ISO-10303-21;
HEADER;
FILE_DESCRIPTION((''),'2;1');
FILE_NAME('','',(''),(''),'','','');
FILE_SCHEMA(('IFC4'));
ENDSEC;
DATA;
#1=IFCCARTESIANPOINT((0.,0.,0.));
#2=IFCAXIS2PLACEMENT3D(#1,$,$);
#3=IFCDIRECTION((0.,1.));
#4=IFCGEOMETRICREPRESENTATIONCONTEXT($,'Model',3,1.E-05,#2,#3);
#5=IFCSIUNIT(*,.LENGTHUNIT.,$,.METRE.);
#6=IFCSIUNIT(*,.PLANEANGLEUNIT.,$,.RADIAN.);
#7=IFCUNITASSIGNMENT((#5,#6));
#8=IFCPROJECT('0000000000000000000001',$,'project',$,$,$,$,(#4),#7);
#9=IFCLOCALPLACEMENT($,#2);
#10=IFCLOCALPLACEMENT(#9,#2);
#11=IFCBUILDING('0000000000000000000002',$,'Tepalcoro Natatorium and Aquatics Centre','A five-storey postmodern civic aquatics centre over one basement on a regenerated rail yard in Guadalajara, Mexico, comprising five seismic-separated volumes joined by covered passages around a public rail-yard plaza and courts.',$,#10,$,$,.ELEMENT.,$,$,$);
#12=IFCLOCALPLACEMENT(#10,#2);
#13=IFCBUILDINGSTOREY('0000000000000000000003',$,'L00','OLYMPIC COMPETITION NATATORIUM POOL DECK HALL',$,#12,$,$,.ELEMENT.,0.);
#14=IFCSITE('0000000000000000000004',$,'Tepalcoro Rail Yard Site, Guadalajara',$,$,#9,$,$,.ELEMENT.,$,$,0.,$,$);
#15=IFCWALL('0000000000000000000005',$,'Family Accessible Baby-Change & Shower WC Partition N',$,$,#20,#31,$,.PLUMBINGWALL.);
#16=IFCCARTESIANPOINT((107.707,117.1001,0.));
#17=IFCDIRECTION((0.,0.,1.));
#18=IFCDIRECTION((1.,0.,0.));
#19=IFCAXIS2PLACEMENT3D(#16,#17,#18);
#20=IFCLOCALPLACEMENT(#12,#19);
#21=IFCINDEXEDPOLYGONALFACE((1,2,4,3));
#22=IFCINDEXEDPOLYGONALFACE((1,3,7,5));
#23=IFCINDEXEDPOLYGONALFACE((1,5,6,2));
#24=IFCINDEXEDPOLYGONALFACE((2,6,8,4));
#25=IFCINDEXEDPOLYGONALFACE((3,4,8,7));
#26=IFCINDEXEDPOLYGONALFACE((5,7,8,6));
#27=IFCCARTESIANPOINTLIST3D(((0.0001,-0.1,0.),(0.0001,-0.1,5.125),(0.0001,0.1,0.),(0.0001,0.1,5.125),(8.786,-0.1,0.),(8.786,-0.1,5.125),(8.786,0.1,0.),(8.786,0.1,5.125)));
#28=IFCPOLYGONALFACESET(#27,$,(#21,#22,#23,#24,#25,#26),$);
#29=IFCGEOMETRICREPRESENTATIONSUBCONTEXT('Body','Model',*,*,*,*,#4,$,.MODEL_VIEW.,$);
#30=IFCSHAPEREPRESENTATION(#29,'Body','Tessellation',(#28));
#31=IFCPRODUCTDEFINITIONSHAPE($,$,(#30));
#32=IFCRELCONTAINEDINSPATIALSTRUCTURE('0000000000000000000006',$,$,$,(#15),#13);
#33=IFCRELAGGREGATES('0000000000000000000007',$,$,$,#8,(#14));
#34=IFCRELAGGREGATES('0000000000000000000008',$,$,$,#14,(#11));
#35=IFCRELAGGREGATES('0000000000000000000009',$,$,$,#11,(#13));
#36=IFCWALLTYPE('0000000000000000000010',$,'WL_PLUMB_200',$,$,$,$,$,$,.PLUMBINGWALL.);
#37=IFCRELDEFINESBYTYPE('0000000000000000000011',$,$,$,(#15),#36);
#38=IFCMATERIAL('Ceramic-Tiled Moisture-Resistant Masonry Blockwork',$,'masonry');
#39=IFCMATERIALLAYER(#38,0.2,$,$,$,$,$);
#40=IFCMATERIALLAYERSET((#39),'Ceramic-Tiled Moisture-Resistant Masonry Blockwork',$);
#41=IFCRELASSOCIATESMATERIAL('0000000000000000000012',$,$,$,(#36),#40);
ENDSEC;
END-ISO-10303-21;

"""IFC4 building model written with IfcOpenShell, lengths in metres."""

from ifc_helpers import new_model, si_unit, direction, frame, frame_2d, origin, place, context, subcontext, project, spatial, rectangle, extrude, material, layer, layer_set, type_object, element, save


model = new_model("IFC4")

# Units and contexts
model_context = context("Model", 3, precision=1e-05, world=origin(), true_north=direction((0.0, 1.0)))
body_context = subcontext(model_context, "Body", "Model", "MODEL_VIEW")
ifc_project = project(units=[si_unit("LENGTHUNIT", "METRE"), si_unit("PLANEANGLEUNIT", "RADIAN")], contexts=[model_context])

# Site, building, storey
site_placement = place(None, origin())
site = spatial("IfcSite", under=ifc_project, at=site_placement, Name="Tepalcoro Rail Yard Site, Guadalajara", CompositionType="ELEMENT", RefElevation=0.0)
building_placement = place(site_placement, origin())
building = spatial("IfcBuilding", under=site, at=building_placement, Name="Tepalcoro Natatorium and Aquatics Centre", Description="A five-storey postmodern civic aquatics centre over one basement on a regenerated rail yard in Guadalajara, Mexico, comprising five seismic-separated volumes joined by covered passages around a public rail-yard plaza and courts.", CompositionType="ELEMENT")
storey_placement = place(building_placement, origin())
storey = spatial("IfcBuildingStorey", under=building, at=storey_placement, Name="L00", Description="OLYMPIC COMPETITION NATATORIUM POOL DECK HALL", CompositionType="ELEMENT", Elevation=0.0)

# Wall
ifc_material_1 = material(Name="Ceramic-Tiled Moisture-Resistant Masonry Blockwork", Category="masonry")
ifc_layer_1 = layer(ifc_material_1, 0.2)
ifc_layer_set_1 = layer_set([ifc_layer_1], Name="Ceramic-Tiled Moisture-Resistant Masonry Blockwork")
wall_type_1 = type_object("IfcWallType", Name="WL_PLUMB_200", PredefinedType="PLUMBINGWALL", material=ifc_layer_set_1)
wall_1_placement = place(storey_placement, frame((107.707, 117.1001, 0.0), z_axis=(0.0, 0.0, 1.0), x_axis=(1.0, 0.0, 0.0)))
element("IfcWall", 1, at=wall_1_placement, inside=storey, type_object=wall_type_1, Name="Family Accessible Baby-Change & Shower WC Partition N", PredefinedType="PLUMBINGWALL", context=body_context, shape_type="SweptSolid", body=[
    extrude(rectangle(XDim=8.7859, YDim=0.2, at=frame_2d((4.3931, 0.0))), origin(), (0.0, 0.0, 1.0), 5.125),
])

save(model, "model.ifc")
